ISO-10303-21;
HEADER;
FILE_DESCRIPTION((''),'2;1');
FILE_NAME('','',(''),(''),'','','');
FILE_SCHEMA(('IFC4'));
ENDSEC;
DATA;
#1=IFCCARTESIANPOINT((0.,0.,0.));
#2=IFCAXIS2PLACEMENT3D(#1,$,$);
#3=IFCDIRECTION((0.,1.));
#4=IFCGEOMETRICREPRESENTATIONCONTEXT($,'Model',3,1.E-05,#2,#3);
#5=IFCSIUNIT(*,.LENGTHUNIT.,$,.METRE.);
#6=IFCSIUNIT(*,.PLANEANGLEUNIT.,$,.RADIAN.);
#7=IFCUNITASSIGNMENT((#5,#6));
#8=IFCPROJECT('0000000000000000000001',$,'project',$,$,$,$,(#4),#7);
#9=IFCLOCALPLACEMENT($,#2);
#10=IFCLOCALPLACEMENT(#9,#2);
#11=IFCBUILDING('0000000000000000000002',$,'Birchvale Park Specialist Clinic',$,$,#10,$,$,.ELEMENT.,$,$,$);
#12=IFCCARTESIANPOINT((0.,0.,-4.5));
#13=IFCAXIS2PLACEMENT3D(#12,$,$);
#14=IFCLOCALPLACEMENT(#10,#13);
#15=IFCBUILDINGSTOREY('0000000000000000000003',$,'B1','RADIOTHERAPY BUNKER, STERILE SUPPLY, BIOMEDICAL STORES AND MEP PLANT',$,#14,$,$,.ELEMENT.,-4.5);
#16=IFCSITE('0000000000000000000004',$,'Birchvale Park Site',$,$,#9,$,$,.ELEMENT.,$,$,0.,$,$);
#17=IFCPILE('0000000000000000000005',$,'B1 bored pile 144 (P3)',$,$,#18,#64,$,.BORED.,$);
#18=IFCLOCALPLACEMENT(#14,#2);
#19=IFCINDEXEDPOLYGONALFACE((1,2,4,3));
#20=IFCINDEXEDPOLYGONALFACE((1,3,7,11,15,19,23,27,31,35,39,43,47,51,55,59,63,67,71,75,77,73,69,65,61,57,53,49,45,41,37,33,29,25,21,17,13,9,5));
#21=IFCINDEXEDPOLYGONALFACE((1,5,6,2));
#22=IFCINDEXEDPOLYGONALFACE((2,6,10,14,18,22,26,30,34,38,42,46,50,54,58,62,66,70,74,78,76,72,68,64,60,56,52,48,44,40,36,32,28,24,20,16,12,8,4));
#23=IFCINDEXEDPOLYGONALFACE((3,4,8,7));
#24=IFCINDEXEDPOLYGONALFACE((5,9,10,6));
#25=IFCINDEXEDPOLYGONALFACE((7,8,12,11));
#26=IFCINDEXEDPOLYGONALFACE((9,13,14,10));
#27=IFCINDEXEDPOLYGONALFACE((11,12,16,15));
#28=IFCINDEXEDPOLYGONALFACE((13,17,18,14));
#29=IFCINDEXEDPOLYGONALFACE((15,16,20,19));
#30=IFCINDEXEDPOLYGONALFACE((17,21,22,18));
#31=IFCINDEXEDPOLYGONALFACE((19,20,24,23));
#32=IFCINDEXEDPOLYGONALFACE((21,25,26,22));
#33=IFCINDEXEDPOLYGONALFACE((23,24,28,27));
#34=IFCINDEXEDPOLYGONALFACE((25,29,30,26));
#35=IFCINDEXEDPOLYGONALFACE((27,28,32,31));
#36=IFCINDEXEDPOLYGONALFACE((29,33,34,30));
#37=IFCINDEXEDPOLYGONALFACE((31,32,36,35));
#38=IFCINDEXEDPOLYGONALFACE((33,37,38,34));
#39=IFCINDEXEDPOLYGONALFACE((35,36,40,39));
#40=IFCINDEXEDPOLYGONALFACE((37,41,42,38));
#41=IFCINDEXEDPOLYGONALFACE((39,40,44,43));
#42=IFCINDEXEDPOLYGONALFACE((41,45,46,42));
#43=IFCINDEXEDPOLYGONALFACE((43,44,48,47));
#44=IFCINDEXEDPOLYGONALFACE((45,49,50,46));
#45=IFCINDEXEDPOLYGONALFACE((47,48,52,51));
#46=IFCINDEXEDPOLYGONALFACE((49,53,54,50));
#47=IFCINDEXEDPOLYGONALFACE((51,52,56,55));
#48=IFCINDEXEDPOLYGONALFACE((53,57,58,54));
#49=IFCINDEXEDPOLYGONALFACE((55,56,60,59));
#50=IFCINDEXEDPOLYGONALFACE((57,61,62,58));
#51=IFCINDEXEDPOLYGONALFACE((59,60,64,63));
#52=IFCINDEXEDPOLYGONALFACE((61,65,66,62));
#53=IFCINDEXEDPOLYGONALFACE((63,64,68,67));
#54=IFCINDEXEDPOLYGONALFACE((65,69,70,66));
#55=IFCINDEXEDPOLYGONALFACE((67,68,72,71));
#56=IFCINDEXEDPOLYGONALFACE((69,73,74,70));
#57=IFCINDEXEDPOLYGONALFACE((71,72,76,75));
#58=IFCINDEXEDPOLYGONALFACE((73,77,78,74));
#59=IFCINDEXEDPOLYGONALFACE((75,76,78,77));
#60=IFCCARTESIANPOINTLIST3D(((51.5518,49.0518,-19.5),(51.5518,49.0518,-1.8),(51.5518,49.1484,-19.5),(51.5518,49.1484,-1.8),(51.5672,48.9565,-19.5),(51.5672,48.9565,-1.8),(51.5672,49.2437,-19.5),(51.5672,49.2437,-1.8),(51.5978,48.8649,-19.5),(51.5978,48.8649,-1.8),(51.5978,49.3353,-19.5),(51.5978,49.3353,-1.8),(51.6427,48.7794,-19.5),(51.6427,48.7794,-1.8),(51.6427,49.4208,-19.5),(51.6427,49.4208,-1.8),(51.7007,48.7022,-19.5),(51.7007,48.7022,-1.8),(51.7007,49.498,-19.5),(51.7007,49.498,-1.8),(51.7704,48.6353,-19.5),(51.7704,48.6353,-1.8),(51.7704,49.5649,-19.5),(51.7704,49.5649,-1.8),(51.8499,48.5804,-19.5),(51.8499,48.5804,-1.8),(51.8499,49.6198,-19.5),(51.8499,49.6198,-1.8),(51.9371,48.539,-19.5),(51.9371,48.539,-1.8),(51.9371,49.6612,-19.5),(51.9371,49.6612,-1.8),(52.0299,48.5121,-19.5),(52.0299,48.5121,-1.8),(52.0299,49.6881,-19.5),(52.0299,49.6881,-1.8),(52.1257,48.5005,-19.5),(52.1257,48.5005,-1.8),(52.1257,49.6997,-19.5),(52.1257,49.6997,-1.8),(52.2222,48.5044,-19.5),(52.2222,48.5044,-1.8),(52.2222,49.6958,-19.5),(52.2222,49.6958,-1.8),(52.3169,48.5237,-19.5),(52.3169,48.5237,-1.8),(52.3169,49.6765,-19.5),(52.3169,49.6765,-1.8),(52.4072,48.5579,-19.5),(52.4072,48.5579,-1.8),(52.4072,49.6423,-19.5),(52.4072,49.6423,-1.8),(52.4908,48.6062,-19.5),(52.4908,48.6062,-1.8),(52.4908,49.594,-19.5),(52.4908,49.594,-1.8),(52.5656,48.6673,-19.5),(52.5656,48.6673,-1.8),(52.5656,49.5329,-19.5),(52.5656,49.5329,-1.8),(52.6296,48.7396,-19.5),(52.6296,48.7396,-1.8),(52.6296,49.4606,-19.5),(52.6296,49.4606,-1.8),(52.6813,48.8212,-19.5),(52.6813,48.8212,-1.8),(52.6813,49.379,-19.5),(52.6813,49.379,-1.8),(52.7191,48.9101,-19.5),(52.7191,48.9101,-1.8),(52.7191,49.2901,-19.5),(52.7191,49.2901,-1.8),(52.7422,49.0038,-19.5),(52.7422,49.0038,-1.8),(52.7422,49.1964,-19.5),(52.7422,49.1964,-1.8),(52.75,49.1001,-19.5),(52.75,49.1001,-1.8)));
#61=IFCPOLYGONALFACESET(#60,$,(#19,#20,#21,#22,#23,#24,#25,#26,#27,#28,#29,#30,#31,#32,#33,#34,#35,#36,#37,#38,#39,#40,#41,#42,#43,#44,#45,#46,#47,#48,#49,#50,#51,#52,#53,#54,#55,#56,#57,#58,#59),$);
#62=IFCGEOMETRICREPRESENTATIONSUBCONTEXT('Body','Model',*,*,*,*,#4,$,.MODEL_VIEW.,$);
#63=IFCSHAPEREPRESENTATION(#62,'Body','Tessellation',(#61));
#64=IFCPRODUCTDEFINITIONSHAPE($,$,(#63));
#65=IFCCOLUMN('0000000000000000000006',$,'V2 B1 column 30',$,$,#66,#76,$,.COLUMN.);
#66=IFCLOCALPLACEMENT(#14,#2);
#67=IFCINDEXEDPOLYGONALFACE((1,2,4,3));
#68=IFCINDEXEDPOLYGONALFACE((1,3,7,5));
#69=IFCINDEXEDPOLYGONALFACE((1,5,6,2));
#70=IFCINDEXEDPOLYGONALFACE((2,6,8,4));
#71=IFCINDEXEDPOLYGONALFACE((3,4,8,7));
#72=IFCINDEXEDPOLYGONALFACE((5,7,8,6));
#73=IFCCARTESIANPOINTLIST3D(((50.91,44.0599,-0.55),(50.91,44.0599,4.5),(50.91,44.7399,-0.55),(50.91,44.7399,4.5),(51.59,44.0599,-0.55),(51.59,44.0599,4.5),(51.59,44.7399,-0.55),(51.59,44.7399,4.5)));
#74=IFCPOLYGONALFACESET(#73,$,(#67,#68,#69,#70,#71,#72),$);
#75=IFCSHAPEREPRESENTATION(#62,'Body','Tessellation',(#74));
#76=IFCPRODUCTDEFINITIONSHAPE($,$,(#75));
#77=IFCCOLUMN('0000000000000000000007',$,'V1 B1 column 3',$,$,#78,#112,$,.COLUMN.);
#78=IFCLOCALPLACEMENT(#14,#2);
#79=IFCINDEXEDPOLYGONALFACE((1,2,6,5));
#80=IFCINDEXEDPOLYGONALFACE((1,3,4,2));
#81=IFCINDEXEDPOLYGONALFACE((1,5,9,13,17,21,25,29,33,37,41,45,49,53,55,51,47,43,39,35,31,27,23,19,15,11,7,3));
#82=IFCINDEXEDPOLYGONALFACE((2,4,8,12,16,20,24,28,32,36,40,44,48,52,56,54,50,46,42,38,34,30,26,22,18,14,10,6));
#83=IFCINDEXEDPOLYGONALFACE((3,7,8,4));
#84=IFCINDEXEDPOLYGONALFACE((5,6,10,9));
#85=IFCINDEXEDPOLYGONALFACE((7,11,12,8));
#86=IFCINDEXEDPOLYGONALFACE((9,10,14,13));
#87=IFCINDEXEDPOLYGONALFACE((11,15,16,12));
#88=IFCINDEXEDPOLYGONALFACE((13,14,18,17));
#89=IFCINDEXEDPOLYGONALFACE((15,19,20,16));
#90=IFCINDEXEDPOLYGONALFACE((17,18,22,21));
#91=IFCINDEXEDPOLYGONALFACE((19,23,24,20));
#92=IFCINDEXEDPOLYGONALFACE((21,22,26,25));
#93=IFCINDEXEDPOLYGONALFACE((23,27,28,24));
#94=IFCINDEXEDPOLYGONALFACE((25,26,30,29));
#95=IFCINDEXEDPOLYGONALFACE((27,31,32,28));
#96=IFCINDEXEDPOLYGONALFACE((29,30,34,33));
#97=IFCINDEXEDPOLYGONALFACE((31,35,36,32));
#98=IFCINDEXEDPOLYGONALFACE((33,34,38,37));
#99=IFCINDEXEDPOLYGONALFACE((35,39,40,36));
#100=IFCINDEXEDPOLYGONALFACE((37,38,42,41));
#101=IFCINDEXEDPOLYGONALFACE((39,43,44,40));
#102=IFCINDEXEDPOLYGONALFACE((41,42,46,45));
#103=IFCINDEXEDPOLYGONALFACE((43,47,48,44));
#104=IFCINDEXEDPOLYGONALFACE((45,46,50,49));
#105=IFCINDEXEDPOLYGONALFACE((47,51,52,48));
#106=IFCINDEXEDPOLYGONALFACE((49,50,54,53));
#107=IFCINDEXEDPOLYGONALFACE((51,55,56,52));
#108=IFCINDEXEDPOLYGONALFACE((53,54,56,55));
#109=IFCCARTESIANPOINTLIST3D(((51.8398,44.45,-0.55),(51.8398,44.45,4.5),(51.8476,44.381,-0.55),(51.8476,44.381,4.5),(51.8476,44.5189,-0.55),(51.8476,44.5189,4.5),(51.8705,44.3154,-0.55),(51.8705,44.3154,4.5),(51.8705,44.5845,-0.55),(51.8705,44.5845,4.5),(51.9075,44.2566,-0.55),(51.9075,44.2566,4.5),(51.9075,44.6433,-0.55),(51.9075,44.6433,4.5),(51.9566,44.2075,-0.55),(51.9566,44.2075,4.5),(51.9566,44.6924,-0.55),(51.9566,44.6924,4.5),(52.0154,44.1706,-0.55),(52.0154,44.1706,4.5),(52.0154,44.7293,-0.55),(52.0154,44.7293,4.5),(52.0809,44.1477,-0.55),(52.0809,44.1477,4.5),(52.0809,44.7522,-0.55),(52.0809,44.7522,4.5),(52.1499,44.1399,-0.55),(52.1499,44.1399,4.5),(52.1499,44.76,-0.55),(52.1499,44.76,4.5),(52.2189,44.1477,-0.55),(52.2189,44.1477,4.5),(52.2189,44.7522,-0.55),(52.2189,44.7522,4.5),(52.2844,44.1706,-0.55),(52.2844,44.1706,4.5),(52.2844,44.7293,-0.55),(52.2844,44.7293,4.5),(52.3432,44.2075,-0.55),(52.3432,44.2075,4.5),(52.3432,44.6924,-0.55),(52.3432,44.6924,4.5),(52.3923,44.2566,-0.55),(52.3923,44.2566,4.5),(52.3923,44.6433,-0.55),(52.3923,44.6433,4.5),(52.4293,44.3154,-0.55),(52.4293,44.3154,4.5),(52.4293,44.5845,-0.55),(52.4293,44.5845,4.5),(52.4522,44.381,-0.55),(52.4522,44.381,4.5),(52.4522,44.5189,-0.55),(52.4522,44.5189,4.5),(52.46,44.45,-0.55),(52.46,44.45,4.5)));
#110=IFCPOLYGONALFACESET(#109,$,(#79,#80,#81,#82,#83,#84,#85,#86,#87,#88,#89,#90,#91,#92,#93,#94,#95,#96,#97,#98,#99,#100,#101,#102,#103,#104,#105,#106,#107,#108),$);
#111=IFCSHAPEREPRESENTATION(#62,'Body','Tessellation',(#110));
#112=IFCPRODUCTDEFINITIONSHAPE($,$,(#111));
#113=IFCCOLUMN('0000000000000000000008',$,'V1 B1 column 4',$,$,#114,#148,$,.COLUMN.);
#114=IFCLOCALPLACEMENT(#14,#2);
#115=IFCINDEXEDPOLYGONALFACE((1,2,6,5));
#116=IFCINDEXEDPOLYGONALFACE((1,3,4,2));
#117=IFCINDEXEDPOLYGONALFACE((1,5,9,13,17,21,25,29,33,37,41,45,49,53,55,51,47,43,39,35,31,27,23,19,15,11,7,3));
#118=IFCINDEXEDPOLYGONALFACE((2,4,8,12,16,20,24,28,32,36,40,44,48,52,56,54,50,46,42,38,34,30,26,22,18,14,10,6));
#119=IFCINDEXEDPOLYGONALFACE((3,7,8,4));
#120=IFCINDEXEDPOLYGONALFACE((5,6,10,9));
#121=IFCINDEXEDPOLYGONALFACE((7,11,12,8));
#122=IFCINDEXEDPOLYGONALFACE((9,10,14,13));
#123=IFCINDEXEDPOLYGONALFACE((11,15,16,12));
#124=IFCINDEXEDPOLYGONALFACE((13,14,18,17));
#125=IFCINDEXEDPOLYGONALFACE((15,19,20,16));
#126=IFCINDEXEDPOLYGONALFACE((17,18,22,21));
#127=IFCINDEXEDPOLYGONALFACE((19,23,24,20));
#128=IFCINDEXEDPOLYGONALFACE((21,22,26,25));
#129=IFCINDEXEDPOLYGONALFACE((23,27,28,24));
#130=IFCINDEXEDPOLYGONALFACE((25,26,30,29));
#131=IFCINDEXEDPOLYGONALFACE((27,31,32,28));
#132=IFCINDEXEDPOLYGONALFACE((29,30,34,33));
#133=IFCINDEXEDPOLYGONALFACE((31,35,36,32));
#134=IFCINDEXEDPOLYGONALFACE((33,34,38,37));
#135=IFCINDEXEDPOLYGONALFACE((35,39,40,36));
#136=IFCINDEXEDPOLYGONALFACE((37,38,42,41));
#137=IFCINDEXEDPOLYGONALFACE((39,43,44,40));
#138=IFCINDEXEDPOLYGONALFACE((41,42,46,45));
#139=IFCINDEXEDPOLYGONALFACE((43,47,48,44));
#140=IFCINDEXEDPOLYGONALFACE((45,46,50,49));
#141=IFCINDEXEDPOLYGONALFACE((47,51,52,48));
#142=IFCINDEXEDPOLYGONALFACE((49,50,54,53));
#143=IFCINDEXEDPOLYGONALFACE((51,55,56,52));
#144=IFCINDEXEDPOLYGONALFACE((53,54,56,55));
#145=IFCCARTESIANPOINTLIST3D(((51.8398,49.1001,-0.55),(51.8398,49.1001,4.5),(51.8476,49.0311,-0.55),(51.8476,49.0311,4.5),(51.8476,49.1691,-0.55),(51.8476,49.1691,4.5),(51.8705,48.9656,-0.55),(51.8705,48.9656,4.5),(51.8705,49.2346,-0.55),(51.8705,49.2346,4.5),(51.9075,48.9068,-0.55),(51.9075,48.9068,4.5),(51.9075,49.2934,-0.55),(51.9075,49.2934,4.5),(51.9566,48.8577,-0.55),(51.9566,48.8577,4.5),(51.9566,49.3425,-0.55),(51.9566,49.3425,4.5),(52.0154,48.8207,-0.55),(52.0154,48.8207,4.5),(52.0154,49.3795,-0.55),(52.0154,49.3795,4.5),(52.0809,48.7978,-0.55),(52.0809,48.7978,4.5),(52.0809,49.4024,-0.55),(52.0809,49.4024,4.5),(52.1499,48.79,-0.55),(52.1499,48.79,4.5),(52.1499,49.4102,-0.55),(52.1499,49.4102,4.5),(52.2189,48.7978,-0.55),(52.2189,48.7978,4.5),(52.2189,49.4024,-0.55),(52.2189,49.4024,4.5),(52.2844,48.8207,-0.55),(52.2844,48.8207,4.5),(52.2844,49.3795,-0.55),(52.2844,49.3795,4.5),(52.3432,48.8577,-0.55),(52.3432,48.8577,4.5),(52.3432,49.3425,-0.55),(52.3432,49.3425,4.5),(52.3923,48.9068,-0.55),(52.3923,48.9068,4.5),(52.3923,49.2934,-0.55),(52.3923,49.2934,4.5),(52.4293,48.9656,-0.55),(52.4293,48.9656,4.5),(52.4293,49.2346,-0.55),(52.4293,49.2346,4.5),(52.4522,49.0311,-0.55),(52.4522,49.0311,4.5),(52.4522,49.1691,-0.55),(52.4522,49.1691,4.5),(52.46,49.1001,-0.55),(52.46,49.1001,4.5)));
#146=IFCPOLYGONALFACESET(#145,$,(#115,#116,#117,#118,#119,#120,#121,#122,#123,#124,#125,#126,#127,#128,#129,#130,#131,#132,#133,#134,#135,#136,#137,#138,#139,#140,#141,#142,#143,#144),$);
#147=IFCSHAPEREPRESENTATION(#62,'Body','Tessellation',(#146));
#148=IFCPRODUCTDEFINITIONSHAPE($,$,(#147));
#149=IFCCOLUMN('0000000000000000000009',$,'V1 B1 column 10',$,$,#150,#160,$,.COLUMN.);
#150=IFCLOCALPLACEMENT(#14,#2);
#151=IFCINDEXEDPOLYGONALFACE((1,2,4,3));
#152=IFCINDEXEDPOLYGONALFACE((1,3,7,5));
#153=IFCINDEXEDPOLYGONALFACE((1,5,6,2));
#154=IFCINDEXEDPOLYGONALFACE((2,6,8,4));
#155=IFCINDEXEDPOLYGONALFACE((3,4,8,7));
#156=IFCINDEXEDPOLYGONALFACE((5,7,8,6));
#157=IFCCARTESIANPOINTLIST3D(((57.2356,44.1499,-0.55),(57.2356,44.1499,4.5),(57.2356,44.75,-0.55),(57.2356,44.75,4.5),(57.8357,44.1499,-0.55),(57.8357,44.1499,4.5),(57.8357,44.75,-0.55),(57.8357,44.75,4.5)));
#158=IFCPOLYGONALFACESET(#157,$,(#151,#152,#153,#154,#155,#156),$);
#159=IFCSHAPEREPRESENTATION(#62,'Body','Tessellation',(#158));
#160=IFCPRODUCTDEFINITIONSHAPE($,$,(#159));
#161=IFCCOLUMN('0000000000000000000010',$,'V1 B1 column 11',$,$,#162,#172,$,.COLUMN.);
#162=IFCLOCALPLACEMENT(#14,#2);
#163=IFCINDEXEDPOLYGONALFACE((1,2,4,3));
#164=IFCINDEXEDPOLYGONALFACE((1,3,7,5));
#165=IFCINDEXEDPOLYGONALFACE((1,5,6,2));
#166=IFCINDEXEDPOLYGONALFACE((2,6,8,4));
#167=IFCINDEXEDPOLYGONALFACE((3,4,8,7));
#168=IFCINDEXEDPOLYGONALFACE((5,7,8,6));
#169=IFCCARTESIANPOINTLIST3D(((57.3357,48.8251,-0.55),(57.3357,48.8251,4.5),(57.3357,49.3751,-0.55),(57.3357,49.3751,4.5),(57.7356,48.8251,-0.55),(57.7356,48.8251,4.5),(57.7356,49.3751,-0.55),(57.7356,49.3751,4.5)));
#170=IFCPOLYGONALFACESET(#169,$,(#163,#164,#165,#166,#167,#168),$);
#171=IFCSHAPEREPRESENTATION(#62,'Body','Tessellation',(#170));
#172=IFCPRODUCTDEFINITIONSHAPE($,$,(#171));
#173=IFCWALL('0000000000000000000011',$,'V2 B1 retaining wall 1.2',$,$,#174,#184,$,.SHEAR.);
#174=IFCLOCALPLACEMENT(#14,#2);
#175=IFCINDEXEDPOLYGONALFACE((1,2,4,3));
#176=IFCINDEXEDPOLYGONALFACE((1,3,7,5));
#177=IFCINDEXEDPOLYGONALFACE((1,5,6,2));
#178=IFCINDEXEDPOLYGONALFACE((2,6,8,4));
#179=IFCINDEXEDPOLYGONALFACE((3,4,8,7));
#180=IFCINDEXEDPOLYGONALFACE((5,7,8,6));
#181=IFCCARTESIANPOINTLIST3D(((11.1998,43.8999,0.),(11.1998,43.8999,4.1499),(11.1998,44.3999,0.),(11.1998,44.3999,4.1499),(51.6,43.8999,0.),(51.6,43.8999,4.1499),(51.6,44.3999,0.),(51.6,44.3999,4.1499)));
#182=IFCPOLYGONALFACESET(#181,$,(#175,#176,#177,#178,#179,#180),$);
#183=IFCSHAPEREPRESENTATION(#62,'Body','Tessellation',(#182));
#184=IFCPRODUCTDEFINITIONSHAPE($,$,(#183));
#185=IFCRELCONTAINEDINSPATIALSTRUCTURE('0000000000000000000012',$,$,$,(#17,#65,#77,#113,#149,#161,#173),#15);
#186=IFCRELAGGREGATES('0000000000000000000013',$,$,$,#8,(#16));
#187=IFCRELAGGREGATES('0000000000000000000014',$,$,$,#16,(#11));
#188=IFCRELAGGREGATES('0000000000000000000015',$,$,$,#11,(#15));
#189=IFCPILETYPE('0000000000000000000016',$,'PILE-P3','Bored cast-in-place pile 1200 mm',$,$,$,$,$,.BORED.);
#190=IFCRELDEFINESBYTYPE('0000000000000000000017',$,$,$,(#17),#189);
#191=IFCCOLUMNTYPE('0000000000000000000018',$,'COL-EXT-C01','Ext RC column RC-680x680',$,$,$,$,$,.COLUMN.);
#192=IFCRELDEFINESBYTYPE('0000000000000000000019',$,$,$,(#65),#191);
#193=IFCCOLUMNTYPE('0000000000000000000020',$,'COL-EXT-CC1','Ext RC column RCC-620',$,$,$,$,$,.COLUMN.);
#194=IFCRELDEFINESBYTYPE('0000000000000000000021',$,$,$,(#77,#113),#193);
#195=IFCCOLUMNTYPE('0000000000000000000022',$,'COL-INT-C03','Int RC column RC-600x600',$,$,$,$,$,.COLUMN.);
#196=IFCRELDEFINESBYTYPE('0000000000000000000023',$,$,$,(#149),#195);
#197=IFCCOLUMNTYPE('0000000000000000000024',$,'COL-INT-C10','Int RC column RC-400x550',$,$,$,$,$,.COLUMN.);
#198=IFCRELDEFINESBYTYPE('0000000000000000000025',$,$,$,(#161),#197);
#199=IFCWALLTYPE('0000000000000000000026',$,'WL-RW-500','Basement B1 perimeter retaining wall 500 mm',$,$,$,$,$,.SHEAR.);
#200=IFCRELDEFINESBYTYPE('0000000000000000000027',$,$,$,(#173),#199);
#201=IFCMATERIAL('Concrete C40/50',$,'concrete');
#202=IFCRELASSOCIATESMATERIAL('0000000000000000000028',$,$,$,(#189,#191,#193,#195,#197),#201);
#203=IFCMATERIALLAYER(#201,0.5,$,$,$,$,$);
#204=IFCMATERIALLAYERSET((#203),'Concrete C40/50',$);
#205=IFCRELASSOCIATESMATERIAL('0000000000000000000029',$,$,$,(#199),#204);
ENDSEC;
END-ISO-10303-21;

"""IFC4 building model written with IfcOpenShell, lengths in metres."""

from ifc_helpers import new_model, si_unit, direction, frame, frame_2d, origin, origin_2d, place, context, subcontext, project, spatial, rectangle, circle, extrude, material, layer, layer_set, material_profile, profile_set, type_object, element, save


model = new_model("IFC4")

# Units and contexts
model_context = context("Model", 3, precision=1e-05, world=origin(), true_north=direction((0.0, 1.0)))
body_context = subcontext(model_context, "Body", "Model", "MODEL_VIEW")
ifc_project = project(units=[si_unit("LENGTHUNIT", "METRE"), si_unit("PLANEANGLEUNIT", "RADIAN")], contexts=[model_context])

# Site, building, storey
site_placement = place(None, origin())
site = spatial("IfcSite", under=ifc_project, at=site_placement, Name="Birchvale Park Site", CompositionType="ELEMENT", RefElevation=0.0)
building_placement = place(site_placement, origin())
building = spatial("IfcBuilding", under=site, at=building_placement, Name="Birchvale Park Specialist Clinic", CompositionType="ELEMENT")
storey_placement = place(building_placement, frame((0.0, 0.0, -4.5)))
storey = spatial("IfcBuildingStorey", under=building, at=storey_placement, Name="B1", Description="RADIOTHERAPY BUNKER, STERILE SUPPLY, BIOMEDICAL STORES AND MEP PLANT", CompositionType="ELEMENT", Elevation=-4.5)

# Shared definitions
ifc_material = material(Name="Concrete C40/50", Category="concrete")

# Pile
ifc_material_profile_1 = material_profile(ifc_material, circle(Radius=0.6001, at=origin_2d()), Name="PILE-1200")
ifc_profile_set_1 = profile_set([ifc_material_profile_1], Name="Concrete C40/50")
pile_type_1 = type_object("IfcPileType", Name="PILE-P3", Description="Bored cast-in-place pile 1200 mm", PredefinedType="BORED", material=ifc_profile_set_1)
pile_1_placement = place(storey_placement, frame((52.1499, 49.1001, -1.8), z_axis=(0.0, 0.0, -1.0), x_axis=(1.0, 0.0, 0.0)))
element("IfcPile", 1, at=pile_1_placement, inside=storey, type_object=pile_type_1, Name="B1 bored pile 144 (P3)", PredefinedType="BORED", context=body_context, shape_type="SweptSolid", body=[
    extrude(circle(Radius=0.6001, at=origin_2d()), origin(), (0.0, 0.0, 1.0), 17.7),
])

# Columns
ifc_material_profile_2 = material_profile(ifc_material, rectangle(XDim=0.6799, YDim=0.6799, at=origin_2d()), Name="RC-680x680")
ifc_profile_set_2 = profile_set([ifc_material_profile_2], Name="Concrete C40/50")
column_type_1 = type_object("IfcColumnType", Name="COL-EXT-C01", Description="Ext RC column RC-680x680", PredefinedType="COLUMN", material=ifc_profile_set_2)
column_1_placement = place(storey_placement, frame((51.25, 44.3999, -0.55), z_axis=(0.0, 0.0, 1.0), x_axis=(1.0, 0.0, 0.0)))
element("IfcColumn", 2, at=column_1_placement, inside=storey, type_object=column_type_1, Name="V2 B1 column 30", PredefinedType="COLUMN", context=body_context, shape_type="SweptSolid", body=[
    extrude(rectangle(XDim=0.6799, YDim=0.6799, at=origin_2d()), origin(), (0.0, 0.0, 1.0), 5.05),
])
ifc_material_profile_3 = material_profile(ifc_material, circle(Radius=0.3101, at=origin_2d()), Name="RCC-620")
ifc_profile_set_3 = profile_set([ifc_material_profile_3], Name="Concrete C40/50")
column_type_2 = type_object("IfcColumnType", Name="COL-EXT-CC1", Description="Ext RC column RCC-620", PredefinedType="COLUMN", material=ifc_profile_set_3)
for number, where, z_axis, x_axis, name in (
    (3, (52.1499, 44.45, -0.55), (0.0, 0.0, 1.0), (1.0, 0.0, 0.0), "V1 B1 column 3"),
    (4, (52.1499, 49.1001, -0.55), (0.0, 0.0, 1.0), (1.0, 0.0, 0.0), "V1 B1 column 4"),
):
    element("IfcColumn", number, at=place(storey_placement, frame(where, z_axis=z_axis, x_axis=x_axis)), inside=storey, type_object=column_type_2, Name=name, PredefinedType="COLUMN", context=body_context, shape_type="SweptSolid", body=[
        extrude(circle(Radius=0.3101, at=origin_2d()), origin(), (0.0, 0.0, 1.0), 5.05),
    ])
ifc_material_profile_4 = material_profile(ifc_material, rectangle(XDim=0.6001, YDim=0.6001, at=origin_2d()), Name="RC-600x600")
ifc_profile_set_4 = profile_set([ifc_material_profile_4], Name="Concrete C40/50")
column_type_3 = type_object("IfcColumnType", Name="COL-INT-C03", Description="Int RC column RC-600x600", PredefinedType="COLUMN", material=ifc_profile_set_4)
column_2_placement = place(storey_placement, frame((57.5356, 44.45, -0.55), z_axis=(0.0, 0.0, 1.0), x_axis=(1.0, 0.0, 0.0)))
element("IfcColumn", 5, at=column_2_placement, inside=storey, type_object=column_type_3, Name="V1 B1 column 10", PredefinedType="COLUMN", context=body_context, shape_type="SweptSolid", body=[
    extrude(rectangle(XDim=0.6001, YDim=0.6001, at=origin_2d()), origin(), (0.0, 0.0, 1.0), 5.05),
])
ifc_material_profile_5 = material_profile(ifc_material, rectangle(XDim=0.3999, YDim=0.55, at=origin_2d()), Name="RC-400x550")
ifc_profile_set_5 = profile_set([ifc_material_profile_5], Name="Concrete C40/50")
column_type_4 = type_object("IfcColumnType", Name="COL-INT-C10", Description="Int RC column RC-400x550", PredefinedType="COLUMN", material=ifc_profile_set_5)
column_3_placement = place(storey_placement, frame((57.5356, 49.1001, -0.55), z_axis=(0.0, 0.0, 1.0), x_axis=(1.0, 0.0, 0.0)))
element("IfcColumn", 6, at=column_3_placement, inside=storey, type_object=column_type_4, Name="V1 B1 column 11", PredefinedType="COLUMN", context=body_context, shape_type="SweptSolid", body=[
    extrude(rectangle(XDim=0.3999, YDim=0.55, at=origin_2d()), origin(), (0.0, 0.0, 1.0), 5.05),
])

# Wall
ifc_layer = layer(ifc_material, 0.5)
ifc_layer_set = layer_set([ifc_layer], Name="Concrete C40/50")
wall_type = type_object("IfcWallType", Name="WL-RW-500", Description="Basement B1 perimeter retaining wall 500 mm", PredefinedType="SHEAR", material=ifc_layer_set)
wall_1_placement = place(storey_placement, frame((51.6001, 44.1499, 0.0), z_axis=(0.0, 0.0, 1.0), x_axis=(-1.0, 0.0, 0.0)))
element("IfcWall", 7, at=wall_1_placement, inside=storey, type_object=wall_type, Name="V2 B1 retaining wall 1.2", PredefinedType="SHEAR", context=body_context, shape_type="SweptSolid", body=[
    extrude(rectangle(XDim=40.4001, YDim=0.5, at=frame_2d((20.2002, 0.0))), origin(), (0.0, 0.0, 1.0), 4.1499),
])

save(model, "model.ifc")
